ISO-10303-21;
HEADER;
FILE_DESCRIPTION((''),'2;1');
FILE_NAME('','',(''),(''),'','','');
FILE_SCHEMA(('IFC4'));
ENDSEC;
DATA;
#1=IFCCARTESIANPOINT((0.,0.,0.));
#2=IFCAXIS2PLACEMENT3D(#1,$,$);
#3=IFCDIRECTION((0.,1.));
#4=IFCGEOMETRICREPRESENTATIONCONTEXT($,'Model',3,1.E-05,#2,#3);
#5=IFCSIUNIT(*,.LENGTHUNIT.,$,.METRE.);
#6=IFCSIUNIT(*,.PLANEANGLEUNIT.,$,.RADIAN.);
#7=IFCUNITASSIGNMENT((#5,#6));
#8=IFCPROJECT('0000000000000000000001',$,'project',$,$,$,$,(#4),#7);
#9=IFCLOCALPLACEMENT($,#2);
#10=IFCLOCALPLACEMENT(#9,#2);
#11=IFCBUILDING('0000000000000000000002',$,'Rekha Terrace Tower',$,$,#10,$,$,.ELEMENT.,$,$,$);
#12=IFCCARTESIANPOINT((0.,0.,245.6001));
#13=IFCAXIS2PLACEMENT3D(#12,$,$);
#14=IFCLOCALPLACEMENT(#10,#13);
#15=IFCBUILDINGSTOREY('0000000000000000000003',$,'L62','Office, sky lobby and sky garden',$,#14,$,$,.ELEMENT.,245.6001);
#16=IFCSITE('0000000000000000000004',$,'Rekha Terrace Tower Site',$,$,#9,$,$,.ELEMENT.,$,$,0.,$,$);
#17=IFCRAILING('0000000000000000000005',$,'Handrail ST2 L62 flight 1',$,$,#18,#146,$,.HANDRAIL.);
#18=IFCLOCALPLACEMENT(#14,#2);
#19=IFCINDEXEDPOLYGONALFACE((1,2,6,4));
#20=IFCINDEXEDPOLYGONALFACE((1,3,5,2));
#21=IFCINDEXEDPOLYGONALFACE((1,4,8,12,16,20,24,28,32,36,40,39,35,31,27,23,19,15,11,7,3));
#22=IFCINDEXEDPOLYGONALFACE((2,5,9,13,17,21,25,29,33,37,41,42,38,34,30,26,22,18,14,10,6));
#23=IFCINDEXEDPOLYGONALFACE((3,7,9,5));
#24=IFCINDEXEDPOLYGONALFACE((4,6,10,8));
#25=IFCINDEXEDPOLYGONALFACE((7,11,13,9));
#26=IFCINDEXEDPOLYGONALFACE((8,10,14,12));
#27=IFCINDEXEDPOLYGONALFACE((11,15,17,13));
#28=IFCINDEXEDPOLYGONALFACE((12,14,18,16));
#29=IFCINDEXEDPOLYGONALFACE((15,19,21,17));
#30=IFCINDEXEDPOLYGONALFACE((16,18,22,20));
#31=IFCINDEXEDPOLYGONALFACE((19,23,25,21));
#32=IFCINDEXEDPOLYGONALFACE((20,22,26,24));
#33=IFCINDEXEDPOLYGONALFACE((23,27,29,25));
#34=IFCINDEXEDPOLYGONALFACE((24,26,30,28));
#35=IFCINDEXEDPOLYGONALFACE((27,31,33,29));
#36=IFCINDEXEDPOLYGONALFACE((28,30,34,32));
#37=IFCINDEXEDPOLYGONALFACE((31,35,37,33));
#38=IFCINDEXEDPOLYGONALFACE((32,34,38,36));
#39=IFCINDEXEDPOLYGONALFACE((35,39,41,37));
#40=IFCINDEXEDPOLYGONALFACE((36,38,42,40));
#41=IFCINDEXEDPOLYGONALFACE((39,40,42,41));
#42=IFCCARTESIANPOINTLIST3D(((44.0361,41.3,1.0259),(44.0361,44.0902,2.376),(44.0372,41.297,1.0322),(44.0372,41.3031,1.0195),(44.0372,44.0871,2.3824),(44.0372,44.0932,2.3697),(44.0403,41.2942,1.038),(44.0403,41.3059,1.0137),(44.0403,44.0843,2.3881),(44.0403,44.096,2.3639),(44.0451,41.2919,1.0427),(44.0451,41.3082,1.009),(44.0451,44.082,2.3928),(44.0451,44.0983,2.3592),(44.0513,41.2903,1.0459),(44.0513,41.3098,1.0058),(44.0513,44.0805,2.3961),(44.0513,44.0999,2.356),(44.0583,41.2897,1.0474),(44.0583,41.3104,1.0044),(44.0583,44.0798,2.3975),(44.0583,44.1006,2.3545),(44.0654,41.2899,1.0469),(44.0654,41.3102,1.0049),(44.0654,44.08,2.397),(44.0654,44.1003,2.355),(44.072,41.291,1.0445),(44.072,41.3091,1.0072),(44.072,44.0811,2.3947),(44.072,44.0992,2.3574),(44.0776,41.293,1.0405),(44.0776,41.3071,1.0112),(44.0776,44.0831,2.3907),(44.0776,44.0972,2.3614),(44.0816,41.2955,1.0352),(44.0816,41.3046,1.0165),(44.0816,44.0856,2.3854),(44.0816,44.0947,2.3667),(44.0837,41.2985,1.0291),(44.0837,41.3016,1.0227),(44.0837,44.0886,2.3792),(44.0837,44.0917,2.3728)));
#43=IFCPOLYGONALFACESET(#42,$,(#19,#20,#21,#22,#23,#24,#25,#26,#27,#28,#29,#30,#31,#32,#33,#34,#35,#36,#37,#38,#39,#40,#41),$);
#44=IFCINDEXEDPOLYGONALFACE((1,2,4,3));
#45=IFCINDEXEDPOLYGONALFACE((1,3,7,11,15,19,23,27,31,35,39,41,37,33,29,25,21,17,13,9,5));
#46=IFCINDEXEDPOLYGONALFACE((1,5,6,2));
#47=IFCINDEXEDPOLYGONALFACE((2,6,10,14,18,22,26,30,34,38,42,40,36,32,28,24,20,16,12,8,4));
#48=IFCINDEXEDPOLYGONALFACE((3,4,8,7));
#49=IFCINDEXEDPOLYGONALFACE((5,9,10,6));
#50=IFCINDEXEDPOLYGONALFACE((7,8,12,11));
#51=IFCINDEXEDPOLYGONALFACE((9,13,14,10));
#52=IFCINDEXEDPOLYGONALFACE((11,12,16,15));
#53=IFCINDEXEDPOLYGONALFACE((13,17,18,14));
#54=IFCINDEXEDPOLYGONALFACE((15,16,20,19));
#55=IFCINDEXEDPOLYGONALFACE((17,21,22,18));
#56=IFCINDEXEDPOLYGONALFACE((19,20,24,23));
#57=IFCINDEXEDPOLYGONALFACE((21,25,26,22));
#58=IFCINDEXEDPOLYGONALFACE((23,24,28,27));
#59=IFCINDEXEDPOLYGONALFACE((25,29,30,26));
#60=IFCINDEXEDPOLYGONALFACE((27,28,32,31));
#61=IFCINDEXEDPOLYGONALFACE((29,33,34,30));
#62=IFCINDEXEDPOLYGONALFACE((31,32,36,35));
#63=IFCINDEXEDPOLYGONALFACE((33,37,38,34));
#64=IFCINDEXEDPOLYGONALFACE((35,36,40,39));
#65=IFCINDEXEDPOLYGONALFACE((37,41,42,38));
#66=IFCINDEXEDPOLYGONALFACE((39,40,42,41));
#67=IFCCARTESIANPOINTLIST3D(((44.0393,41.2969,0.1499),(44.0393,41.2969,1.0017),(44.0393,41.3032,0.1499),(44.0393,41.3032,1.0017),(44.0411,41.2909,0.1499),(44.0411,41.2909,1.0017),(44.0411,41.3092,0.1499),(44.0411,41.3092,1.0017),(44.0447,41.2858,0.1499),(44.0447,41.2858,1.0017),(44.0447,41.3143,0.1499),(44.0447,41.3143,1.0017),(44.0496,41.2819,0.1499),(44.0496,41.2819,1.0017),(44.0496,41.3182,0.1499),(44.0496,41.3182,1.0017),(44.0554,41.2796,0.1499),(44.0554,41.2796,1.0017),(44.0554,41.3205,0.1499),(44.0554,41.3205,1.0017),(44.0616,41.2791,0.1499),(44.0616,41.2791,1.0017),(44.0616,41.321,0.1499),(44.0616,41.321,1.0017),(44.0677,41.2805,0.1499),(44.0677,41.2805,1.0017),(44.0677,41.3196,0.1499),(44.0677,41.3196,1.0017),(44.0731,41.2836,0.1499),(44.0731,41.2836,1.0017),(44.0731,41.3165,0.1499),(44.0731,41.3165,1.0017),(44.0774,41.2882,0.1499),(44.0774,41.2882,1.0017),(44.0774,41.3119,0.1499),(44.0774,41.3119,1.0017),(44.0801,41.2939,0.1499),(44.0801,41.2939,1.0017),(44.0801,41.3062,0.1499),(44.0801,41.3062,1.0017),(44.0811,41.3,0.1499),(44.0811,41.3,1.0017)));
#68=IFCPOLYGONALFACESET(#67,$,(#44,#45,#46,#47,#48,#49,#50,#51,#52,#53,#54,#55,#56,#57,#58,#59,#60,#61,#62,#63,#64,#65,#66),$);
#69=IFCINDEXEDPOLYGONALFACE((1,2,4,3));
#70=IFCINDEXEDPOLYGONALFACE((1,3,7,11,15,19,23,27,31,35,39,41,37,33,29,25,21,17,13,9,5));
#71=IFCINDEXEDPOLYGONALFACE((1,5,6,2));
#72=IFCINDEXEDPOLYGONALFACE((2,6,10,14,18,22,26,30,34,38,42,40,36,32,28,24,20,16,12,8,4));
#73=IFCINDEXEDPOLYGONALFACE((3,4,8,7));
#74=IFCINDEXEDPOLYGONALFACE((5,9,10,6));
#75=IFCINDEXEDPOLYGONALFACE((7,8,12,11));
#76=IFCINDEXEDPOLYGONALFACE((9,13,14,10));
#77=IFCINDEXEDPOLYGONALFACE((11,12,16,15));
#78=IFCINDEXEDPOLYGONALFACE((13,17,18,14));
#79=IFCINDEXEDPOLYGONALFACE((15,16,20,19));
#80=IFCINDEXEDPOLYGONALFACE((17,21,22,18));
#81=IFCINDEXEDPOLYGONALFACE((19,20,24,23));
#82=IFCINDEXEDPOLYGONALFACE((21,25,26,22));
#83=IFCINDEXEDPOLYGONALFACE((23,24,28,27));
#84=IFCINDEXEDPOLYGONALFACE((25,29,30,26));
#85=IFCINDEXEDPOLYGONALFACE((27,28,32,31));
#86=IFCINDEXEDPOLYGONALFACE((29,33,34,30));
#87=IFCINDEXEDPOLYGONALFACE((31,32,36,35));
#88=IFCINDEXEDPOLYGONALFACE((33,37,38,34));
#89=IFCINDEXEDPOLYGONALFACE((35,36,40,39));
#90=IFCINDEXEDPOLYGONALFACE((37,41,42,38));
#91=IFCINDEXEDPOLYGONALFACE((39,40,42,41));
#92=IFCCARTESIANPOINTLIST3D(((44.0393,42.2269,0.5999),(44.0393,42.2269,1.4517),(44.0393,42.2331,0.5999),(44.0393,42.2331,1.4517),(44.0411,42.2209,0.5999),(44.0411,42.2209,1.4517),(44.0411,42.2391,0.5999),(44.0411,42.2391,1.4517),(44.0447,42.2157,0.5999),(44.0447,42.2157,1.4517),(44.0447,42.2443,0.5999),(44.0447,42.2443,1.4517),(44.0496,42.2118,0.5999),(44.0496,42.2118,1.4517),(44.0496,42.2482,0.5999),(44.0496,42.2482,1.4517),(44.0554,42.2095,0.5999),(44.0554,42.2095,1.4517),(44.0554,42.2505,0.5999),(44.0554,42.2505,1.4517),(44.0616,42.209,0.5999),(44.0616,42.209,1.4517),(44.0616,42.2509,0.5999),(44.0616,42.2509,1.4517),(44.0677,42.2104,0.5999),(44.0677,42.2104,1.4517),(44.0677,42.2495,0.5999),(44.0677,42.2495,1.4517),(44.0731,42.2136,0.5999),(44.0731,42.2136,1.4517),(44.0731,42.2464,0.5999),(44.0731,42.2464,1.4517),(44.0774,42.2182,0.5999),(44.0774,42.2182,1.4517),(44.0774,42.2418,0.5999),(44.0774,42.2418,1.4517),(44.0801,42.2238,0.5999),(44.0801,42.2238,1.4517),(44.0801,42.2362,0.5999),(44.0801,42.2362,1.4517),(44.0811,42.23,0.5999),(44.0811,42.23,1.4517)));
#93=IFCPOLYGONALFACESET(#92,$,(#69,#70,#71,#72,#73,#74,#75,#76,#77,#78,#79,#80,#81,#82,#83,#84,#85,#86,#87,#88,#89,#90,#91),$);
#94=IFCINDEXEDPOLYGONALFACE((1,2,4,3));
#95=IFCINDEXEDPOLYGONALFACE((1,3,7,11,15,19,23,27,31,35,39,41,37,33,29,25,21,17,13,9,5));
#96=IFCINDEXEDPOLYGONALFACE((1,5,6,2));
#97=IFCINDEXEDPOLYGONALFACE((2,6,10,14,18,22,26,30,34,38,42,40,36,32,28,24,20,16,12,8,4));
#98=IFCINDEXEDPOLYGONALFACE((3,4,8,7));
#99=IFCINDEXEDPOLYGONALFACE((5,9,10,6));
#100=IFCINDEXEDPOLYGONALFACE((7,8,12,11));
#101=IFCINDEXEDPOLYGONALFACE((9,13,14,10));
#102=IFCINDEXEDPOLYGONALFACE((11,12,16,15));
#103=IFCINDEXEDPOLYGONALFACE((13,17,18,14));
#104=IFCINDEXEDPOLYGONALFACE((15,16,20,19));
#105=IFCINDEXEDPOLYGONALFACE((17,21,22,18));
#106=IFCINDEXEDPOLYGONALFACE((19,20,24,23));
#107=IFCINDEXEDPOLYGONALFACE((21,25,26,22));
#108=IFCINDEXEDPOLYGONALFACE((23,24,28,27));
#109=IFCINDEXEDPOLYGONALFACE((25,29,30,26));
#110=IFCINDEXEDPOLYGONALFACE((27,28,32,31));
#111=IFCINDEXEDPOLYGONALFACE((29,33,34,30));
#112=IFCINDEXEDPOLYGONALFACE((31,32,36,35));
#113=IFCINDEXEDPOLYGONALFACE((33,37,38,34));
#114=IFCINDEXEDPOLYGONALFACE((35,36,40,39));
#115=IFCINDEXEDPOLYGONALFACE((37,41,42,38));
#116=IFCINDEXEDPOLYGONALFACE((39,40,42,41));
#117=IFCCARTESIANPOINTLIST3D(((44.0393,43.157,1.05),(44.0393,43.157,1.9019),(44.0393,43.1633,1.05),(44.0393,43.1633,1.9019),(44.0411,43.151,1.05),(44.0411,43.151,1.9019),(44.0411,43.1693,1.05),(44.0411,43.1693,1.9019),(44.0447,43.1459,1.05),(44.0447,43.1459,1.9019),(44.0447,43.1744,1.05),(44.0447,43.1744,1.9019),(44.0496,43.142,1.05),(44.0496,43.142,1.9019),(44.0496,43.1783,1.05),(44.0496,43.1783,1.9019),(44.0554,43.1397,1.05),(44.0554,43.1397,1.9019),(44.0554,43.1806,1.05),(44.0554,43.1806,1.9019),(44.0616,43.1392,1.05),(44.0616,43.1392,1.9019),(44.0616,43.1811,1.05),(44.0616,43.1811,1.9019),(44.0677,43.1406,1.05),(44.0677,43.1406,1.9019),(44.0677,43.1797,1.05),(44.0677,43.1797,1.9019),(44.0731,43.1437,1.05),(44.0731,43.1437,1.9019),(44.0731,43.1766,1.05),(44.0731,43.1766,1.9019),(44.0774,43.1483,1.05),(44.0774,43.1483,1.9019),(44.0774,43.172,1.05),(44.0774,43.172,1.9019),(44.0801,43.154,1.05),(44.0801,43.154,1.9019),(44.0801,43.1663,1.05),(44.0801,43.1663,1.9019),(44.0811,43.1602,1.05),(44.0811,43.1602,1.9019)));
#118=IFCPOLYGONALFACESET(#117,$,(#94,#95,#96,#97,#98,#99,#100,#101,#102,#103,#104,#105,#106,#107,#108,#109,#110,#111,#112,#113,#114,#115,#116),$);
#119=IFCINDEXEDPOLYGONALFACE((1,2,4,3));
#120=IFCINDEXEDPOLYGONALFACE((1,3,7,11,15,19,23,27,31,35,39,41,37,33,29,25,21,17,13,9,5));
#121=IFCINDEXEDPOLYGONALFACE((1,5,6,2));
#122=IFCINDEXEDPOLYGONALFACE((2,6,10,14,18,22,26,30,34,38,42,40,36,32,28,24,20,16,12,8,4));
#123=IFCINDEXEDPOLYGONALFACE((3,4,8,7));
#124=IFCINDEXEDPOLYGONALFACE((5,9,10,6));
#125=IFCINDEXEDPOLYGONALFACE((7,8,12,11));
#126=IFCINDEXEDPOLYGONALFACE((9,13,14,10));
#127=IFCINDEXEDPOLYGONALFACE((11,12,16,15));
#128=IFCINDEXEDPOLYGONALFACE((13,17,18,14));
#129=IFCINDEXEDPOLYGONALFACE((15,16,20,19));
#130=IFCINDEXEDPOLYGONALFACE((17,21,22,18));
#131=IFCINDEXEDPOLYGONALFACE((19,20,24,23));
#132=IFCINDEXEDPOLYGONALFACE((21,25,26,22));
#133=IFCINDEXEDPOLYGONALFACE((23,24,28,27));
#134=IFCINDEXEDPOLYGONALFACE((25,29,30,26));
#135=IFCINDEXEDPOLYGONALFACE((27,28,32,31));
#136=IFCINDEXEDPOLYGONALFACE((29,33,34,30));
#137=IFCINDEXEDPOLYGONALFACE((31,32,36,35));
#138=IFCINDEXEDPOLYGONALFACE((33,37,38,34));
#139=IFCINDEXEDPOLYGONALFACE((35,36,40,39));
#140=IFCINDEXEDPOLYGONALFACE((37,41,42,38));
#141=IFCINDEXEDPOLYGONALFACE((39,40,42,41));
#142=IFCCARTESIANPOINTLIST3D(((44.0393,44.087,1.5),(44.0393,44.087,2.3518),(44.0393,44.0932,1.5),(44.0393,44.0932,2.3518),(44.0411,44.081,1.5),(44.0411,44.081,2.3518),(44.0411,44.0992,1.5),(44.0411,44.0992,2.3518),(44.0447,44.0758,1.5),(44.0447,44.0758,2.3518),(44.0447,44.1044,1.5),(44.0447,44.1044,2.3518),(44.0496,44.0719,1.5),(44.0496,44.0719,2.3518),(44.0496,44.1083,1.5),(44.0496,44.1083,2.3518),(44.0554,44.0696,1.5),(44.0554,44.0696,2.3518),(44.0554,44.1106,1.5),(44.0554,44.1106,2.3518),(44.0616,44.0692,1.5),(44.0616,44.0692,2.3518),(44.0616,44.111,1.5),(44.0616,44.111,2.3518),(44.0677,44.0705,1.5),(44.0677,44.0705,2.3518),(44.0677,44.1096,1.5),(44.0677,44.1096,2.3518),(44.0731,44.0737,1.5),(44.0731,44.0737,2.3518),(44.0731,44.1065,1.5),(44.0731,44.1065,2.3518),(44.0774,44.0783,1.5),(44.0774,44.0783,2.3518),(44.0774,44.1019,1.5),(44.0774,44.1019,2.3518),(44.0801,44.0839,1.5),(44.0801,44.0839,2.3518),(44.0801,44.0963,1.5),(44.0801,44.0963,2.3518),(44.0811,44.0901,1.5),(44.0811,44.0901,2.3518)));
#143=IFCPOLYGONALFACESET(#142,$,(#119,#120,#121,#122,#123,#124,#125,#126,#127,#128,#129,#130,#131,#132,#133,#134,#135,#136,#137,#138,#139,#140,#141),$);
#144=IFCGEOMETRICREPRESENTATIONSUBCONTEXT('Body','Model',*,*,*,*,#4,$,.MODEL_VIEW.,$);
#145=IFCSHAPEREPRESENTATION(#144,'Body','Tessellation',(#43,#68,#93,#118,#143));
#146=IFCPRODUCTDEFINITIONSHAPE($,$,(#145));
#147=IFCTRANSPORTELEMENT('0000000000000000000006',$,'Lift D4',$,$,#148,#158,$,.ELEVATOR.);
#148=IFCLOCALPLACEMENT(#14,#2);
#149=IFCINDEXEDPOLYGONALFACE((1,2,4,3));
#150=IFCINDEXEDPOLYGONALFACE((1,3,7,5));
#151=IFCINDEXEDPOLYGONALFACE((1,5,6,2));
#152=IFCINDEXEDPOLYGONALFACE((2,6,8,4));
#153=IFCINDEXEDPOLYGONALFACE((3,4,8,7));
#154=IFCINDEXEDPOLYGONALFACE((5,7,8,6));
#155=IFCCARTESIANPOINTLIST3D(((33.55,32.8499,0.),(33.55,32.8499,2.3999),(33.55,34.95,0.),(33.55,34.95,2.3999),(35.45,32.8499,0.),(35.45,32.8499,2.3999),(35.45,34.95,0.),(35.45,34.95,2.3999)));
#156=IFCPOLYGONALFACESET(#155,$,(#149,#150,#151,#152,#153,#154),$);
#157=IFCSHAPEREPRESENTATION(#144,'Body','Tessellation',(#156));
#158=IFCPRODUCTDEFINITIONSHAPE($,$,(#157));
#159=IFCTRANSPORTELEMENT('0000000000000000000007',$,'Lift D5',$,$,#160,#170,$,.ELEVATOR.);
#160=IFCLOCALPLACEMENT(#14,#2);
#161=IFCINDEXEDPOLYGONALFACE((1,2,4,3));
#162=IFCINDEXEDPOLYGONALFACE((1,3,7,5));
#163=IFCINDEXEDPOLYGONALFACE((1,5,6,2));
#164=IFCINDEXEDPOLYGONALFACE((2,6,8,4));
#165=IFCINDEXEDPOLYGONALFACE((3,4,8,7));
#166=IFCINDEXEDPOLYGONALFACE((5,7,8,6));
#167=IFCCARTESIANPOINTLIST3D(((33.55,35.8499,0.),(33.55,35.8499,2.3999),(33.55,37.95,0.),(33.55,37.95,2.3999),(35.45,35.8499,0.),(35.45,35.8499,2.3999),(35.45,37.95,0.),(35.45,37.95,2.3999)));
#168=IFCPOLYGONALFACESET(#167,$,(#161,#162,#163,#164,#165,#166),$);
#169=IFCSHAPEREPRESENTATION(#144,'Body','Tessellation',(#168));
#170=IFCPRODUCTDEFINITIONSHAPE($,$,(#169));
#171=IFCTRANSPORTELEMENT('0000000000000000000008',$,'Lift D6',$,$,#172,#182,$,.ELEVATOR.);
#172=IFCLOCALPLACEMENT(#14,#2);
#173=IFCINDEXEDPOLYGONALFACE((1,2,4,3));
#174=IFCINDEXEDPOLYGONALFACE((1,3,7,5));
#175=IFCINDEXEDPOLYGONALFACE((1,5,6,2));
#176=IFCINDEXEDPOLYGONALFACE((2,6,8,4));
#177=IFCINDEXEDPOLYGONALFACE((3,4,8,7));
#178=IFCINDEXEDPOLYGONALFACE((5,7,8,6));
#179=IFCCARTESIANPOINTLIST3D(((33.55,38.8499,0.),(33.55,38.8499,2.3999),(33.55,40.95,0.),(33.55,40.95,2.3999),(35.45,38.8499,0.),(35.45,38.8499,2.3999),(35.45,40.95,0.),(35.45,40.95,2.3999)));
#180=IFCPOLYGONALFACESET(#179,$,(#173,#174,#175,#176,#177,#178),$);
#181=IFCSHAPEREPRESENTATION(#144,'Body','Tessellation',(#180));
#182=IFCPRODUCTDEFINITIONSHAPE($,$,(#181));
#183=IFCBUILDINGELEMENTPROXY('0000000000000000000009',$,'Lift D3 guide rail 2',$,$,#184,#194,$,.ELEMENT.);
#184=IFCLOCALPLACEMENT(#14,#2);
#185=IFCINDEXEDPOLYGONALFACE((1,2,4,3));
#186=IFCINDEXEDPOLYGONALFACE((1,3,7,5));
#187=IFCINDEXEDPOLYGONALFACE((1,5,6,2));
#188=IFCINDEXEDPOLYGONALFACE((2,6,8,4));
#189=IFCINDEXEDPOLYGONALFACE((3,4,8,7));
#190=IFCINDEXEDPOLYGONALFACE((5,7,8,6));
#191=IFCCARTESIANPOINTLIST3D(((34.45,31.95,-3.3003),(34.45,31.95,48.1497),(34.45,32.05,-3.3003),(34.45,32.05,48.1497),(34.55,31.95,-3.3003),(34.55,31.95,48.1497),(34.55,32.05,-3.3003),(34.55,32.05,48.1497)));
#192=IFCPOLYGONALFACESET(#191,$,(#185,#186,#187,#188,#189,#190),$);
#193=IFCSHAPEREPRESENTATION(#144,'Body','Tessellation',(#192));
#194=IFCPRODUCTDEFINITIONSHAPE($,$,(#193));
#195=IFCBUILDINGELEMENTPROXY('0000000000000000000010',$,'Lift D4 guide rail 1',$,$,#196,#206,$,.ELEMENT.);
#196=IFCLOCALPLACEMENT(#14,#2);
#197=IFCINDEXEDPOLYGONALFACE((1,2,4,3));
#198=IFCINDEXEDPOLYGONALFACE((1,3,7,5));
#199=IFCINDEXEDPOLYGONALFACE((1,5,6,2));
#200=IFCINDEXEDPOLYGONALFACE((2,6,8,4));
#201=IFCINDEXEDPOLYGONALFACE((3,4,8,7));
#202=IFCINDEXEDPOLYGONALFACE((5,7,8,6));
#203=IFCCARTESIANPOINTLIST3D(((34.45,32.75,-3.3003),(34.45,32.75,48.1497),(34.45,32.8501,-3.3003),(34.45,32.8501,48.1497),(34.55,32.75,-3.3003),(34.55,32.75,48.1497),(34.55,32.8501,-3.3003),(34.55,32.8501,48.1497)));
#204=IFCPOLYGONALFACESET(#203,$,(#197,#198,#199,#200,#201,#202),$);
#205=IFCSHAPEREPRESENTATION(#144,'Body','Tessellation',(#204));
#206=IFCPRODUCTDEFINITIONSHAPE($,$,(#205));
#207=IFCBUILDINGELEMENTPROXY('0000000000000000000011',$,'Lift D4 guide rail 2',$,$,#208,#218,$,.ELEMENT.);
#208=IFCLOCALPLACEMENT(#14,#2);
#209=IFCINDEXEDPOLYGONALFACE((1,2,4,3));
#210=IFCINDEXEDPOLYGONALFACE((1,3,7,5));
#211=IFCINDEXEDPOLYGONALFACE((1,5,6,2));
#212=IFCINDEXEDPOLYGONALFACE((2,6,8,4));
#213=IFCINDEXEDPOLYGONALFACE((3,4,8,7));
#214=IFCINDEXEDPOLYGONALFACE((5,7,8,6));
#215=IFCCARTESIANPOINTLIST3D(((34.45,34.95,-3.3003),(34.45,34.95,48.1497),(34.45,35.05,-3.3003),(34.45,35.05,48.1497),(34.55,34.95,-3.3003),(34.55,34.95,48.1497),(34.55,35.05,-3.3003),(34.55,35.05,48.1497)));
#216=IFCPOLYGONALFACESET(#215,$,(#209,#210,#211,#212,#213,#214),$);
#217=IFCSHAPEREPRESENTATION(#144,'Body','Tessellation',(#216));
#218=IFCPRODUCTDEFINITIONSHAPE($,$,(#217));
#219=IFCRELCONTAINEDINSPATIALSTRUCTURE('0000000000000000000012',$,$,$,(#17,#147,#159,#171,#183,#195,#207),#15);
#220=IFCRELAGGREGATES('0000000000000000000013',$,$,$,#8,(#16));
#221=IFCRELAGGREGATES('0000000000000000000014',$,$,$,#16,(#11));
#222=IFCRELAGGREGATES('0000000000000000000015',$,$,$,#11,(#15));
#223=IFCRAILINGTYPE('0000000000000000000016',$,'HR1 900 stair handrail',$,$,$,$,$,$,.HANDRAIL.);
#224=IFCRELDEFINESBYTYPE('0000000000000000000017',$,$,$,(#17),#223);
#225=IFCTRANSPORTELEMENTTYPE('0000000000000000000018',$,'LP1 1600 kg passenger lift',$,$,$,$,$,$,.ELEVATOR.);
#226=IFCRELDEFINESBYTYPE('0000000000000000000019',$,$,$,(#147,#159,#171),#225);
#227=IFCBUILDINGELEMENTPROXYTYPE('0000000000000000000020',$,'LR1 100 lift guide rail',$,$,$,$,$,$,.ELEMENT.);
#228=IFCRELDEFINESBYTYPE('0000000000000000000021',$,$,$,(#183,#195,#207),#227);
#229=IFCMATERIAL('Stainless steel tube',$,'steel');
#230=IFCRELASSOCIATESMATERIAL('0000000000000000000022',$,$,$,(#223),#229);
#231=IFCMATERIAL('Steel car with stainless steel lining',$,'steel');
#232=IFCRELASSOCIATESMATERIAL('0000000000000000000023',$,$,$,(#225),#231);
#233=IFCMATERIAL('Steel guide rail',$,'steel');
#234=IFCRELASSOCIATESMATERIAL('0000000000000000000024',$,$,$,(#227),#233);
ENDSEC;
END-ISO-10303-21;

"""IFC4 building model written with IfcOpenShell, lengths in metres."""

from ifc_helpers import new_model, si_unit, direction, frame, origin, origin_2d, place, context, subcontext, project, spatial, rectangle, circle, extrude, material, type_object, element, save


model = new_model("IFC4")

# Units and contexts
model_context = context("Model", 3, precision=1e-05, world=origin(), true_north=direction((0.0, 1.0)))
body_context = subcontext(model_context, "Body", "Model", "MODEL_VIEW")
ifc_project = project(units=[si_unit("LENGTHUNIT", "METRE"), si_unit("PLANEANGLEUNIT", "RADIAN")], contexts=[model_context])

# Site, building, storey
site_placement = place(None, origin())
site = spatial("IfcSite", under=ifc_project, at=site_placement, Name="Rekha Terrace Tower Site", CompositionType="ELEMENT", RefElevation=0.0)
building_placement = place(site_placement, origin())
building = spatial("IfcBuilding", under=site, at=building_placement, Name="Rekha Terrace Tower", CompositionType="ELEMENT")
storey_placement = place(building_placement, frame((0.0, 0.0, 245.6001)))
storey = spatial("IfcBuildingStorey", under=building, at=storey_placement, Name="L62", Description="Office, sky lobby and sky garden", CompositionType="ELEMENT", Elevation=245.6001)

# Railing
ifc_material_1 = material(Name="Stainless steel tube", Category="steel")
railing_type = type_object("IfcRailingType", Name="HR1 900 stair handrail", PredefinedType="HANDRAIL", material=ifc_material_1)
railing_placement = place(storey_placement, frame((44.0601, 41.3, 0.1499)))
element("IfcRailing", 1, at=railing_placement, inside=storey, type_object=railing_type, Name="Handrail ST2 L62 flight 1", PredefinedType="HANDRAIL", context=body_context, shape_type="SweptSolid", body=[
    extrude(circle(Radius=0.0239, at=origin_2d()), frame((0.0, 0.0, 0.876), z_axis=(0.0, 0.900149, 0.435582), x_axis=(-1.0, 0.0, 0.0)), (0.0, 0.0, 1.0), 3.0996),
    extrude(circle(Radius=0.021, at=origin_2d()), origin(), (0.0, 0.0, 1.0), 0.8518),
    extrude(circle(Radius=0.021, at=origin_2d()), frame((0.0, 0.9299, 0.45)), (0.0, 0.0, 1.0), 0.8518),
    extrude(circle(Radius=0.021, at=origin_2d()), frame((0.0, 1.8601, 0.9001)), (0.0, 0.0, 1.0), 0.8518),
    extrude(circle(Radius=0.021, at=origin_2d()), frame((0.0, 2.79, 1.3501)), (0.0, 0.0, 1.0), 0.8518),
])

# Transport elements
ifc_material_2 = material(Name="Steel car with stainless steel lining", Category="steel")
transport_element_type = type_object("IfcTransportElementType", Name="LP1 1600 kg passenger lift", PredefinedType="ELEVATOR", material=ifc_material_2)
for number, where, z_axis, x_axis, name in (
    (2, (34.5, 33.8999, 0.0), (0.0, 0.0, 1.0), (1.0, 0.0, 0.0), "Lift D4"),
    (3, (34.5, 36.8999, 0.0), (0.0, 0.0, 1.0), (1.0, 0.0, 0.0), "Lift D5"),
    (4, (34.5, 39.8999, 0.0), (0.0, 0.0, 1.0), (1.0, 0.0, 0.0), "Lift D6"),
):
    element("IfcTransportElement", number, at=place(storey_placement, frame(where, z_axis=z_axis, x_axis=x_axis)), inside=storey, type_object=transport_element_type, Name=name, PredefinedType="ELEVATOR", context=body_context, shape_type="SweptSolid", body=[
        extrude(rectangle(XDim=1.8999, YDim=2.1001, at=origin_2d()), origin(), (0.0, 0.0, 1.0), 2.3999),
    ])

# Building element proxies
ifc_material_3 = material(Name="Steel guide rail", Category="steel")
building_element_proxy_type = type_object("IfcBuildingElementProxyType", Name="LR1 100 lift guide rail", PredefinedType="ELEMENT", material=ifc_material_3)
for number, where, z_axis, x_axis, name in (
    (5, (34.5, 32.0, -3.3003), (0.0, 0.0, 1.0), (1.0, 0.0, 0.0), "Lift D3 guide rail 2"),
    (6, (34.5, 32.8, -3.3003), (0.0, 0.0, 1.0), (1.0, 0.0, 0.0), "Lift D4 guide rail 1"),
    (7, (34.5, 35.0, -3.3003), (0.0, 0.0, 1.0), (1.0, 0.0, 0.0), "Lift D4 guide rail 2"),
):
    element("IfcBuildingElementProxy", number, at=place(storey_placement, frame(where, z_axis=z_axis, x_axis=x_axis)), inside=storey, type_object=building_element_proxy_type, Name=name, PredefinedType="ELEMENT", context=body_context, shape_type="SweptSolid", body=[
        extrude(rectangle(XDim=0.1001, YDim=0.1001, at=origin_2d()), origin(), (0.0, 0.0, 1.0), 51.45),
    ])

save(model, "model.ifc")
